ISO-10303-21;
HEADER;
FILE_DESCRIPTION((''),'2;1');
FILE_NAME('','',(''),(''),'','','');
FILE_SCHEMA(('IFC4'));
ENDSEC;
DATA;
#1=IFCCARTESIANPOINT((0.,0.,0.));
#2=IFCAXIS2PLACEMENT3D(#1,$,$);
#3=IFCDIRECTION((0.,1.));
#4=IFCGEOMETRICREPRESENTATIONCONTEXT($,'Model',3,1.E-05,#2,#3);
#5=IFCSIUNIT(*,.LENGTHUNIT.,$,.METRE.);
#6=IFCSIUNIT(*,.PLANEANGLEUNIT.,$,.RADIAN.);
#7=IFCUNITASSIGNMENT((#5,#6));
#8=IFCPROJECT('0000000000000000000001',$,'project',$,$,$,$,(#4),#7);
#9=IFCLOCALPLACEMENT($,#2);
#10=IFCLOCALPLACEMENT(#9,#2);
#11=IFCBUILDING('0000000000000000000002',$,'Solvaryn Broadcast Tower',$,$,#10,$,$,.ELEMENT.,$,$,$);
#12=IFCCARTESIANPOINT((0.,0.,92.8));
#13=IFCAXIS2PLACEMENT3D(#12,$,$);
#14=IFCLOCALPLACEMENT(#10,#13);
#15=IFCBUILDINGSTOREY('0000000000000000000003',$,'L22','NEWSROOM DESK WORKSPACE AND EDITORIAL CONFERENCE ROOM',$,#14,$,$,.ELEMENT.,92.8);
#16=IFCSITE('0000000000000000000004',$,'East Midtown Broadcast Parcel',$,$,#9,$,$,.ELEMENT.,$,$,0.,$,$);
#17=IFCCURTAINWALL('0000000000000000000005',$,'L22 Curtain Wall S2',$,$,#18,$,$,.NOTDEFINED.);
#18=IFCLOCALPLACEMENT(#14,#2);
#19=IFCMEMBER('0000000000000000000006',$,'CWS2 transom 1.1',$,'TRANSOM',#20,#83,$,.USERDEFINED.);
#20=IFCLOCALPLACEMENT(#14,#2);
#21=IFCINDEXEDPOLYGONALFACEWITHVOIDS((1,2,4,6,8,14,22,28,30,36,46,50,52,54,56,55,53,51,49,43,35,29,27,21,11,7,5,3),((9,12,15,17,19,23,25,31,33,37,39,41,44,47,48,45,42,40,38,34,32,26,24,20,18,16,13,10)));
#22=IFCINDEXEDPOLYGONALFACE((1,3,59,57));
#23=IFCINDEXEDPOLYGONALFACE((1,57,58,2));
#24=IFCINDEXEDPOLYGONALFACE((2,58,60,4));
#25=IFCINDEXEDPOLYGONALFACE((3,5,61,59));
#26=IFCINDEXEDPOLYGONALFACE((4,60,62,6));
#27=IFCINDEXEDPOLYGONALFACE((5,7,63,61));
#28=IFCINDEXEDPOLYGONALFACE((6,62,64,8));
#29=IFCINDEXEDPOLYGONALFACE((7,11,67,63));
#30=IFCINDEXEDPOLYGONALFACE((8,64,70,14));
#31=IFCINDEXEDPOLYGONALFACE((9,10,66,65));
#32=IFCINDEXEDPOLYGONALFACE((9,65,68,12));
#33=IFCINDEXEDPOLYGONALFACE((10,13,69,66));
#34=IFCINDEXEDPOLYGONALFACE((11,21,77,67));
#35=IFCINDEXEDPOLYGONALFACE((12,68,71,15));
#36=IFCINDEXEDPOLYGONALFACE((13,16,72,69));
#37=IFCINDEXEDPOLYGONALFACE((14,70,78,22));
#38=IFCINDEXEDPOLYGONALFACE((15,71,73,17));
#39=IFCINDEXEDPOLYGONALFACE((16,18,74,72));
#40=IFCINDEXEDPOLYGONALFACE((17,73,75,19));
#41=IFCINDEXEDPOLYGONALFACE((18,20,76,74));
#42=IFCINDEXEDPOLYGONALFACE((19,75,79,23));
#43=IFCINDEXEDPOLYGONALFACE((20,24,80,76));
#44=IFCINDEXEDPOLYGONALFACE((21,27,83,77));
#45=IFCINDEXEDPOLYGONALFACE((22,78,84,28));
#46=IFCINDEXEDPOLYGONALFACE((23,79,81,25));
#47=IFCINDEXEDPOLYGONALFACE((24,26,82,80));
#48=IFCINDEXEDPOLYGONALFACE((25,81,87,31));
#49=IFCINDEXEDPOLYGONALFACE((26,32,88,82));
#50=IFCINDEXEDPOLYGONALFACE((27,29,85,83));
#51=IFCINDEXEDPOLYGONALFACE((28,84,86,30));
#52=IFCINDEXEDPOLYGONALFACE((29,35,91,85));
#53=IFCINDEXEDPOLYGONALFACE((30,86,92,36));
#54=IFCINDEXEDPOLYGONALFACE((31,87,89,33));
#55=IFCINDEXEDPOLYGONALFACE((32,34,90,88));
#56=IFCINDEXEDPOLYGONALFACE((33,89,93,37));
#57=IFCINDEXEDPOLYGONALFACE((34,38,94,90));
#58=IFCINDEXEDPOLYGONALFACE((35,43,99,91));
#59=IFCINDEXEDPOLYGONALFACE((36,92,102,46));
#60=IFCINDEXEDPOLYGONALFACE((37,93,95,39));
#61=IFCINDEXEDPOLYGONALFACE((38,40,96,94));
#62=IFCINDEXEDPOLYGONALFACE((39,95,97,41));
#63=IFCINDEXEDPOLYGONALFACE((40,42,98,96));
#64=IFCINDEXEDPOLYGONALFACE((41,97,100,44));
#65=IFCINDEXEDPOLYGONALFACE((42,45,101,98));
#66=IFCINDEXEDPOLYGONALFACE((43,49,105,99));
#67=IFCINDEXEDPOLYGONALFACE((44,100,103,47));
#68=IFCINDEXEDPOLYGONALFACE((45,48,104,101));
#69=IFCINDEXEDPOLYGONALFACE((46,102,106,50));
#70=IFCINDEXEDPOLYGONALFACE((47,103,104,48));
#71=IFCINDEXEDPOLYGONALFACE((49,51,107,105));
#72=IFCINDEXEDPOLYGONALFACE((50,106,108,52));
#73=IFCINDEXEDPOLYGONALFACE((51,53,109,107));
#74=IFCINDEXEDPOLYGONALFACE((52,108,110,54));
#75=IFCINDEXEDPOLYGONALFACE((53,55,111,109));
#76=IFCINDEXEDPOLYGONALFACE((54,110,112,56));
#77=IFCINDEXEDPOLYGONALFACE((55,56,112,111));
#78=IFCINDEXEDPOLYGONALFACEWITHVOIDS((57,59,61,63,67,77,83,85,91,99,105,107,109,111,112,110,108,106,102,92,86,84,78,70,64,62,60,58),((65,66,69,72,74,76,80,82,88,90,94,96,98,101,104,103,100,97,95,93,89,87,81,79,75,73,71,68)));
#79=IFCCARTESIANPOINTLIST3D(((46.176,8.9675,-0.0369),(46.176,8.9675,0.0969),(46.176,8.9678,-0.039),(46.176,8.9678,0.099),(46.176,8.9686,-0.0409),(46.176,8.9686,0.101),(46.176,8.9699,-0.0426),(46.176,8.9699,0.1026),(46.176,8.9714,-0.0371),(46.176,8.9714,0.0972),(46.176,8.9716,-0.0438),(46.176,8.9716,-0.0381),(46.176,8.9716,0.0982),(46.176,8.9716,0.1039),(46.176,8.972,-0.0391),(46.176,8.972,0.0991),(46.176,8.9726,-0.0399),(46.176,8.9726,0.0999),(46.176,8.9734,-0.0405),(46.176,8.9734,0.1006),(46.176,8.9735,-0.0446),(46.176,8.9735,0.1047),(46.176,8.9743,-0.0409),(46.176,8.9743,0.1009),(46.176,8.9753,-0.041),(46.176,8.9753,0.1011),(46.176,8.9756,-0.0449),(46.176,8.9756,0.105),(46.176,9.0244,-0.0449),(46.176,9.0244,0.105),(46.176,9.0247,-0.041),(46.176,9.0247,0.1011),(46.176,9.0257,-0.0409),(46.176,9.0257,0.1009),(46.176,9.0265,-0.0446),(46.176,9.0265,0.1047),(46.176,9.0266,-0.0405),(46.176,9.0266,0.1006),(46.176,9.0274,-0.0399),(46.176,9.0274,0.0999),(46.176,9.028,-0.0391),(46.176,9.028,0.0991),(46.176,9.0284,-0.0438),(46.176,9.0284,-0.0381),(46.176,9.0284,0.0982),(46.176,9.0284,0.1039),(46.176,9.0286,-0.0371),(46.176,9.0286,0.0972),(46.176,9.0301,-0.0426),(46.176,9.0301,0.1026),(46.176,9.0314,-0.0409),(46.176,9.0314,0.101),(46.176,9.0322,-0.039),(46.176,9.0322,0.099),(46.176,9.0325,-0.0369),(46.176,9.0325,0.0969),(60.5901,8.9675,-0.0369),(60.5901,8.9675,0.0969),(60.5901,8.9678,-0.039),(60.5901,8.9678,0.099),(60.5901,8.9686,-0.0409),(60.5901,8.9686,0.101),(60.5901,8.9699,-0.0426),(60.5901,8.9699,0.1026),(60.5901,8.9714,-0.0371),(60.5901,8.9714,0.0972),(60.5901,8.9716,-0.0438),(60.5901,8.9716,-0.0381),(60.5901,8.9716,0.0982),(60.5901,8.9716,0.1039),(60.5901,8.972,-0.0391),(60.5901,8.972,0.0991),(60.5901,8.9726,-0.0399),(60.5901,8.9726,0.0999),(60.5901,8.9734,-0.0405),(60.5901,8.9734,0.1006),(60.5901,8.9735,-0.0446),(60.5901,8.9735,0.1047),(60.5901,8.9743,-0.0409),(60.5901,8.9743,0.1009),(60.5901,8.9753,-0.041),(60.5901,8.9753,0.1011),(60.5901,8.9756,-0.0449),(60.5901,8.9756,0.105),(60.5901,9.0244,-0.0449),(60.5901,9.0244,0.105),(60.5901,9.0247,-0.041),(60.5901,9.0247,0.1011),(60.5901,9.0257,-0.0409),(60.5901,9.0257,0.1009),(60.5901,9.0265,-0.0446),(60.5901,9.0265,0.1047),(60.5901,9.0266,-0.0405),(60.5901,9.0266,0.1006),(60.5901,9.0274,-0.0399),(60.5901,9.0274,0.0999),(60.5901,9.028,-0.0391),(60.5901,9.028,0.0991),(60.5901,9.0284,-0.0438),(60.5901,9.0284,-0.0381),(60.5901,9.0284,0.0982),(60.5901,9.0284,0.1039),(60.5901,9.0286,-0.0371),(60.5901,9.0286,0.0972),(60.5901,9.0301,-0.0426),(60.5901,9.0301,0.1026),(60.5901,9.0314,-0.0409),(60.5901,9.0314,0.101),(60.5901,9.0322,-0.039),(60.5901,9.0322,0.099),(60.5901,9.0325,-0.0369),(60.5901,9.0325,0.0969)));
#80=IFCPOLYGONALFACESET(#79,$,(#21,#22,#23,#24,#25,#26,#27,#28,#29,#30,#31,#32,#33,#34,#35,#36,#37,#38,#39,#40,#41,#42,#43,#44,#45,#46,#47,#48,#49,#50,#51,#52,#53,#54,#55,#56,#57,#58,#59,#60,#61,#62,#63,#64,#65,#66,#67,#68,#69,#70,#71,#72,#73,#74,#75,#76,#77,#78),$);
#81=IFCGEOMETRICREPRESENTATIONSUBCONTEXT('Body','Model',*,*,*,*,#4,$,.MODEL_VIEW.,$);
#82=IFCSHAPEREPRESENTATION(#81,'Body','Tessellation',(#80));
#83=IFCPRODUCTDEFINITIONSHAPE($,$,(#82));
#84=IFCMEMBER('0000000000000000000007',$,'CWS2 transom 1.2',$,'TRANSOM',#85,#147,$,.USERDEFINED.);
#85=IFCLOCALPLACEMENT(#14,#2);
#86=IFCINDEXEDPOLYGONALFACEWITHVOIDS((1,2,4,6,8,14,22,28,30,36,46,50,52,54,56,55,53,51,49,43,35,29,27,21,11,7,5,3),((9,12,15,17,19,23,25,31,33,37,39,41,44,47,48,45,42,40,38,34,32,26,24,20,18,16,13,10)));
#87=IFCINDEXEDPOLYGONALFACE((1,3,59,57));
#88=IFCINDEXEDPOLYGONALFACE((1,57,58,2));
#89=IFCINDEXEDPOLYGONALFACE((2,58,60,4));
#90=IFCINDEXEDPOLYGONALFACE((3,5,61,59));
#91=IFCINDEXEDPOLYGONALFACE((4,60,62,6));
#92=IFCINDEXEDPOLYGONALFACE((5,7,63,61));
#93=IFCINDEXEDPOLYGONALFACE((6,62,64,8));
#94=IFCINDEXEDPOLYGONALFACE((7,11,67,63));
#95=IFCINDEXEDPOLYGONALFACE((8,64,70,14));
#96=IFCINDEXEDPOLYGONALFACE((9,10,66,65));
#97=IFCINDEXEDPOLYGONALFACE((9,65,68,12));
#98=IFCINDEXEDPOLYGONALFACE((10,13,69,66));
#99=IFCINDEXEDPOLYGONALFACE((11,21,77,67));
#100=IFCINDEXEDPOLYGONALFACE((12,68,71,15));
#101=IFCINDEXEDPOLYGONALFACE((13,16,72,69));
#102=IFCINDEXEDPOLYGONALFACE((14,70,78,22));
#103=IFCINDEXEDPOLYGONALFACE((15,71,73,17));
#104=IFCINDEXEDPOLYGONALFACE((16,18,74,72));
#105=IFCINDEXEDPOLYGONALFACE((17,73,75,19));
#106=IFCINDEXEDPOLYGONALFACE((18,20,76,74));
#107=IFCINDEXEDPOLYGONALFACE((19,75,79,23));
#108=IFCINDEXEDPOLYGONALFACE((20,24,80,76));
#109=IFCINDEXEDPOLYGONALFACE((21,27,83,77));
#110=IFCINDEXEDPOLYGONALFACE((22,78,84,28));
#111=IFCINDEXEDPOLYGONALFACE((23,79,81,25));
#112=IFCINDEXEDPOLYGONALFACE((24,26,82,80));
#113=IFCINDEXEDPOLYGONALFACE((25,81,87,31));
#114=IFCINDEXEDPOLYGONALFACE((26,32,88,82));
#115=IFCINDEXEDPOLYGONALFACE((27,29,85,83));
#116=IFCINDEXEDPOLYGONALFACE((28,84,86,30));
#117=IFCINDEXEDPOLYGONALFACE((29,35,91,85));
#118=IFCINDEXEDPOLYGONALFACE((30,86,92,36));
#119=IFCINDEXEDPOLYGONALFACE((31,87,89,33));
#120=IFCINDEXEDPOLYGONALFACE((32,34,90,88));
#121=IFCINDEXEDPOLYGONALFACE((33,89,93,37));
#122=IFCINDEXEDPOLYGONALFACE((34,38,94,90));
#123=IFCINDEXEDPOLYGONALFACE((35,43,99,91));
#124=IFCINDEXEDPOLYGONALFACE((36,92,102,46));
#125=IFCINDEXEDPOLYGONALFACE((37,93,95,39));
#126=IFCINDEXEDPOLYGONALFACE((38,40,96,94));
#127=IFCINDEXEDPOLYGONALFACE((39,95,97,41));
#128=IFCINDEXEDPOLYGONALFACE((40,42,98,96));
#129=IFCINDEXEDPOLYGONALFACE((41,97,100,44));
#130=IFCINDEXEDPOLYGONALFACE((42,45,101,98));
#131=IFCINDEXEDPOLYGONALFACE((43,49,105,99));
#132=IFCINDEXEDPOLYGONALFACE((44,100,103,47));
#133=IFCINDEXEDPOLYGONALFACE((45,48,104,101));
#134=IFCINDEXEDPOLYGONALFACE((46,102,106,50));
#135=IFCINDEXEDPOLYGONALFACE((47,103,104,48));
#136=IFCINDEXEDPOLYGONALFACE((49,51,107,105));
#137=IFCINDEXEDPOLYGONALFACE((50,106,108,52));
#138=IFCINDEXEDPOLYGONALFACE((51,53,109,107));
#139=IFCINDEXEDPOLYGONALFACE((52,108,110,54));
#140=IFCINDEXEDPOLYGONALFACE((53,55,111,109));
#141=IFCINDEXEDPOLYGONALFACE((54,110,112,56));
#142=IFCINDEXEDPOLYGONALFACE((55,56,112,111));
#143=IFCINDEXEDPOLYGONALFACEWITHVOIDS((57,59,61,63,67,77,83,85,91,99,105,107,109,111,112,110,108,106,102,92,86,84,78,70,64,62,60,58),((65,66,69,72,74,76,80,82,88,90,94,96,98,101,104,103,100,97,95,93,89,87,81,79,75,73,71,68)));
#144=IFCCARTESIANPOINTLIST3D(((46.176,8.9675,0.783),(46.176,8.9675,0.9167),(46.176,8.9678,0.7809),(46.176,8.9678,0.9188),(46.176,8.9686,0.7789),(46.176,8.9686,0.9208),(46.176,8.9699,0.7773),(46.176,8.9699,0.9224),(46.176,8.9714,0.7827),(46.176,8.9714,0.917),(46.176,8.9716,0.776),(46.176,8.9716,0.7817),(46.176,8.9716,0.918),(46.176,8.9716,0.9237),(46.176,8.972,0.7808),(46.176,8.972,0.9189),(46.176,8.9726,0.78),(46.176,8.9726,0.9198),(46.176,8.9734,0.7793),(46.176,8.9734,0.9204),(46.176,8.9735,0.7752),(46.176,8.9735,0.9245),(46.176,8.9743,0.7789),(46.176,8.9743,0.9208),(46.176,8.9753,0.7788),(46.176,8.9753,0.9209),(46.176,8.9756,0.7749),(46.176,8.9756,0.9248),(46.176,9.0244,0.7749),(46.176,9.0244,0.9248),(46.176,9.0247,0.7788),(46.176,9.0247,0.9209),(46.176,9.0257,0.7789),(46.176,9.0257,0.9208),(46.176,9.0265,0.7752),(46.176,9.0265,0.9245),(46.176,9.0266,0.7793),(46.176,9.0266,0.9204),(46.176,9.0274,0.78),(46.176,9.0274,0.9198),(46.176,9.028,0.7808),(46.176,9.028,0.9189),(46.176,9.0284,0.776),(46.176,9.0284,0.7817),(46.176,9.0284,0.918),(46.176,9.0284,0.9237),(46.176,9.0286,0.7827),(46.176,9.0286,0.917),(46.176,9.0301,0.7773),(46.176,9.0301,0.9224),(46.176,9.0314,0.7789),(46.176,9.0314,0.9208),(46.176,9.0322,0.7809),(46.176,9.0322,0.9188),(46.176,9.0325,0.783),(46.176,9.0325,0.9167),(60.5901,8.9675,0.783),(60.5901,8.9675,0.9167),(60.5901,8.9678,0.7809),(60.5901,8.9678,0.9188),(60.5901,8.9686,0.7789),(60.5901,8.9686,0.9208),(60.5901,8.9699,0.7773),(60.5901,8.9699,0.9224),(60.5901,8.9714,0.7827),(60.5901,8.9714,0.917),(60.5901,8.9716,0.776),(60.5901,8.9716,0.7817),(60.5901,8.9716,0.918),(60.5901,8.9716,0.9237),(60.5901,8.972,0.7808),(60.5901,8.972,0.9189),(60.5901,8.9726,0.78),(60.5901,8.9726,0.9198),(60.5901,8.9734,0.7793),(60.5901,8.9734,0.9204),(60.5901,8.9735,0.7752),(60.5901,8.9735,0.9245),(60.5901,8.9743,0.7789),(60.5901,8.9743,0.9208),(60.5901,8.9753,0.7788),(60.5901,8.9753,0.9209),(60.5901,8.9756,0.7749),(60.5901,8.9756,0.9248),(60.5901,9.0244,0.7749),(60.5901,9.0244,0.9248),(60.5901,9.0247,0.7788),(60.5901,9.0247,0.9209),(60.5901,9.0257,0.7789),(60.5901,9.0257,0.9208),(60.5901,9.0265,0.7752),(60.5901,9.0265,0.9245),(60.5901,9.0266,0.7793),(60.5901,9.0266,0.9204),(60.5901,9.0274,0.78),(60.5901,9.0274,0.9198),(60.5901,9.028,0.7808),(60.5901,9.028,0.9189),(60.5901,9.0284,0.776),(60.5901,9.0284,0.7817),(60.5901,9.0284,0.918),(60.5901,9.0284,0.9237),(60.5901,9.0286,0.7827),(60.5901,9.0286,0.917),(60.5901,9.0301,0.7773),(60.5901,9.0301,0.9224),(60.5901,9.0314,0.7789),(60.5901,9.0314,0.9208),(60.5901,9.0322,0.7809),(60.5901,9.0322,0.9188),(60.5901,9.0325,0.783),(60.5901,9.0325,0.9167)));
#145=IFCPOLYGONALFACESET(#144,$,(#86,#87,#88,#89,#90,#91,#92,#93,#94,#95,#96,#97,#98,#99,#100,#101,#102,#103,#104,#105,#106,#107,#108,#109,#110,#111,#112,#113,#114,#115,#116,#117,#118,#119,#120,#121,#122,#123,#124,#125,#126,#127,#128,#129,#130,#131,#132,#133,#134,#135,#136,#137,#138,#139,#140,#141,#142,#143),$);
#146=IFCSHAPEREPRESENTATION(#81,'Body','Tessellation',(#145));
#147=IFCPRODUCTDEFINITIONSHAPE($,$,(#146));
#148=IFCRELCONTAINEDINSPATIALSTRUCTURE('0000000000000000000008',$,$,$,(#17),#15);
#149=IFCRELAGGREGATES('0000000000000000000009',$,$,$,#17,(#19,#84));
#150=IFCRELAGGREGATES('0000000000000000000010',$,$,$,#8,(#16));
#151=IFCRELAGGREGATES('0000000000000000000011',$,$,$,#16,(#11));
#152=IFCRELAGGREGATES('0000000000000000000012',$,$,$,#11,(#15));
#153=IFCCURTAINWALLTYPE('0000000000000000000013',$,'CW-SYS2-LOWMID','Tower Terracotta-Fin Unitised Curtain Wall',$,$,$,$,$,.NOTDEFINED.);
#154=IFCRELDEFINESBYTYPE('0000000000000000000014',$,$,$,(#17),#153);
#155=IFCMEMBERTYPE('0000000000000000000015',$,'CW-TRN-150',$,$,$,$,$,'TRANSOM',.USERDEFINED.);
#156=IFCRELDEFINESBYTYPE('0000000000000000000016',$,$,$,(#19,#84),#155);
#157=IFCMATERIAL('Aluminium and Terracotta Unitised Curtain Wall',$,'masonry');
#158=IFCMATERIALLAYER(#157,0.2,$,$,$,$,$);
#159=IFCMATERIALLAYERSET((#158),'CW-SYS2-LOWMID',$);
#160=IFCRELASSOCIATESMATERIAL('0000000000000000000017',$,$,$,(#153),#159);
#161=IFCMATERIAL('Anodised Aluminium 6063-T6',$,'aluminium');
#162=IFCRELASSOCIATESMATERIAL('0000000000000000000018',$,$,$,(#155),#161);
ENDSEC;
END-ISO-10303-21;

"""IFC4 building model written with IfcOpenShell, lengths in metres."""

from ifc_helpers import new_model, si_unit, direction, frame, origin, origin_2d, place, context, subcontext, project, spatial, hollow_rectangle, extrude, material, layer, layer_set, material_profile, profile_set, type_object, element, aggregate, save


model = new_model("IFC4")

# Units and contexts
model_context = context("Model", 3, precision=1e-05, world=origin(), true_north=direction((0.0, 1.0)))
body_context = subcontext(model_context, "Body", "Model", "MODEL_VIEW")
ifc_project = project(units=[si_unit("LENGTHUNIT", "METRE"), si_unit("PLANEANGLEUNIT", "RADIAN")], contexts=[model_context])

# Site, building, storey
site_placement = place(None, origin())
site = spatial("IfcSite", under=ifc_project, at=site_placement, Name="East Midtown Broadcast Parcel", CompositionType="ELEMENT", RefElevation=0.0)
building_placement = place(site_placement, origin())
building = spatial("IfcBuilding", under=site, at=building_placement, Name="Solvaryn Broadcast Tower", CompositionType="ELEMENT")
storey_placement = place(building_placement, frame((0.0, 0.0, 92.8)))
storey = spatial("IfcBuildingStorey", under=building, at=storey_placement, Name="L22", Description="NEWSROOM DESK WORKSPACE AND EDITORIAL CONFERENCE ROOM", CompositionType="ELEMENT", Elevation=92.8)

# Shared definitions
ifc_material_1 = material(Name="Aluminium and Terracotta Unitised Curtain Wall", Category="masonry")
ifc_layer_1 = layer(ifc_material_1, 0.2)
ifc_layer_set_1 = layer_set([ifc_layer_1], Name="CW-SYS2-LOWMID")
curtain_wall_type = type_object("IfcCurtainWallType", Name="CW-SYS2-LOWMID", Description="Tower Terracotta-Fin Unitised Curtain Wall", PredefinedType="NOTDEFINED", material=ifc_layer_set_1)

# Curtain wall, members
curtain_wall_1_placement = place(storey_placement, origin())
curtain_wall_1 = element("IfcCurtainWall", 1, at=curtain_wall_1_placement, inside=storey, type_object=curtain_wall_type, Name="L22 Curtain Wall S2", PredefinedType="NOTDEFINED")
ifc_material_2 = material(Name="Anodised Aluminium 6063-T6", Category="aluminium")
ifc_material_profile_1 = material_profile(ifc_material_2, hollow_rectangle(XDim=0.0649, YDim=0.1499, WallThickness=0.0039, InnerFilletRadius=0.0039, OuterFilletRadius=0.0081, at=origin_2d()))
ifc_profile_set_1 = profile_set([ifc_material_profile_1], Name="Anodised Aluminium 6063-T6")
member_type_1 = type_object("IfcMemberType", Name="CW-TRN-150", ElementType="TRANSOM", PredefinedType="USERDEFINED", material=ifc_profile_set_1)
member_1_placement = place(storey_placement, frame((46.176, 9.0, 0.03), z_axis=(1.0, 0.0, 0.0), x_axis=(0.0, 1.0, 0.0)))
member_1 = element("IfcMember", 2, at=member_1_placement, type_object=member_type_1, Name="CWS2 transom 1.1", ObjectType="TRANSOM", PredefinedType="USERDEFINED", context=body_context, shape_type="SweptSolid", body=[
    extrude(hollow_rectangle(XDim=0.0649, YDim=0.1499, WallThickness=0.0039, InnerFilletRadius=0.0039, OuterFilletRadius=0.0081, at=origin_2d()), origin(), (0.0, 0.0, 1.0), 14.4141),
])
member_2_placement = place(storey_placement, frame((46.176, 9.0, 0.8499), z_axis=(1.0, 0.0, 0.0), x_axis=(0.0, 1.0, 0.0)))
member_2 = element("IfcMember", 3, at=member_2_placement, type_object=member_type_1, Name="CWS2 transom 1.2", ObjectType="TRANSOM", PredefinedType="USERDEFINED", context=body_context, shape_type="SweptSolid", body=[
    extrude(hollow_rectangle(XDim=0.0649, YDim=0.1499, WallThickness=0.0039, InnerFilletRadius=0.0039, OuterFilletRadius=0.0081, at=origin_2d()), origin(), (0.0, 0.0, 1.0), 14.4141),
])
aggregate(curtain_wall_1, [member_1, member_2])

save(model, "model.ifc")
